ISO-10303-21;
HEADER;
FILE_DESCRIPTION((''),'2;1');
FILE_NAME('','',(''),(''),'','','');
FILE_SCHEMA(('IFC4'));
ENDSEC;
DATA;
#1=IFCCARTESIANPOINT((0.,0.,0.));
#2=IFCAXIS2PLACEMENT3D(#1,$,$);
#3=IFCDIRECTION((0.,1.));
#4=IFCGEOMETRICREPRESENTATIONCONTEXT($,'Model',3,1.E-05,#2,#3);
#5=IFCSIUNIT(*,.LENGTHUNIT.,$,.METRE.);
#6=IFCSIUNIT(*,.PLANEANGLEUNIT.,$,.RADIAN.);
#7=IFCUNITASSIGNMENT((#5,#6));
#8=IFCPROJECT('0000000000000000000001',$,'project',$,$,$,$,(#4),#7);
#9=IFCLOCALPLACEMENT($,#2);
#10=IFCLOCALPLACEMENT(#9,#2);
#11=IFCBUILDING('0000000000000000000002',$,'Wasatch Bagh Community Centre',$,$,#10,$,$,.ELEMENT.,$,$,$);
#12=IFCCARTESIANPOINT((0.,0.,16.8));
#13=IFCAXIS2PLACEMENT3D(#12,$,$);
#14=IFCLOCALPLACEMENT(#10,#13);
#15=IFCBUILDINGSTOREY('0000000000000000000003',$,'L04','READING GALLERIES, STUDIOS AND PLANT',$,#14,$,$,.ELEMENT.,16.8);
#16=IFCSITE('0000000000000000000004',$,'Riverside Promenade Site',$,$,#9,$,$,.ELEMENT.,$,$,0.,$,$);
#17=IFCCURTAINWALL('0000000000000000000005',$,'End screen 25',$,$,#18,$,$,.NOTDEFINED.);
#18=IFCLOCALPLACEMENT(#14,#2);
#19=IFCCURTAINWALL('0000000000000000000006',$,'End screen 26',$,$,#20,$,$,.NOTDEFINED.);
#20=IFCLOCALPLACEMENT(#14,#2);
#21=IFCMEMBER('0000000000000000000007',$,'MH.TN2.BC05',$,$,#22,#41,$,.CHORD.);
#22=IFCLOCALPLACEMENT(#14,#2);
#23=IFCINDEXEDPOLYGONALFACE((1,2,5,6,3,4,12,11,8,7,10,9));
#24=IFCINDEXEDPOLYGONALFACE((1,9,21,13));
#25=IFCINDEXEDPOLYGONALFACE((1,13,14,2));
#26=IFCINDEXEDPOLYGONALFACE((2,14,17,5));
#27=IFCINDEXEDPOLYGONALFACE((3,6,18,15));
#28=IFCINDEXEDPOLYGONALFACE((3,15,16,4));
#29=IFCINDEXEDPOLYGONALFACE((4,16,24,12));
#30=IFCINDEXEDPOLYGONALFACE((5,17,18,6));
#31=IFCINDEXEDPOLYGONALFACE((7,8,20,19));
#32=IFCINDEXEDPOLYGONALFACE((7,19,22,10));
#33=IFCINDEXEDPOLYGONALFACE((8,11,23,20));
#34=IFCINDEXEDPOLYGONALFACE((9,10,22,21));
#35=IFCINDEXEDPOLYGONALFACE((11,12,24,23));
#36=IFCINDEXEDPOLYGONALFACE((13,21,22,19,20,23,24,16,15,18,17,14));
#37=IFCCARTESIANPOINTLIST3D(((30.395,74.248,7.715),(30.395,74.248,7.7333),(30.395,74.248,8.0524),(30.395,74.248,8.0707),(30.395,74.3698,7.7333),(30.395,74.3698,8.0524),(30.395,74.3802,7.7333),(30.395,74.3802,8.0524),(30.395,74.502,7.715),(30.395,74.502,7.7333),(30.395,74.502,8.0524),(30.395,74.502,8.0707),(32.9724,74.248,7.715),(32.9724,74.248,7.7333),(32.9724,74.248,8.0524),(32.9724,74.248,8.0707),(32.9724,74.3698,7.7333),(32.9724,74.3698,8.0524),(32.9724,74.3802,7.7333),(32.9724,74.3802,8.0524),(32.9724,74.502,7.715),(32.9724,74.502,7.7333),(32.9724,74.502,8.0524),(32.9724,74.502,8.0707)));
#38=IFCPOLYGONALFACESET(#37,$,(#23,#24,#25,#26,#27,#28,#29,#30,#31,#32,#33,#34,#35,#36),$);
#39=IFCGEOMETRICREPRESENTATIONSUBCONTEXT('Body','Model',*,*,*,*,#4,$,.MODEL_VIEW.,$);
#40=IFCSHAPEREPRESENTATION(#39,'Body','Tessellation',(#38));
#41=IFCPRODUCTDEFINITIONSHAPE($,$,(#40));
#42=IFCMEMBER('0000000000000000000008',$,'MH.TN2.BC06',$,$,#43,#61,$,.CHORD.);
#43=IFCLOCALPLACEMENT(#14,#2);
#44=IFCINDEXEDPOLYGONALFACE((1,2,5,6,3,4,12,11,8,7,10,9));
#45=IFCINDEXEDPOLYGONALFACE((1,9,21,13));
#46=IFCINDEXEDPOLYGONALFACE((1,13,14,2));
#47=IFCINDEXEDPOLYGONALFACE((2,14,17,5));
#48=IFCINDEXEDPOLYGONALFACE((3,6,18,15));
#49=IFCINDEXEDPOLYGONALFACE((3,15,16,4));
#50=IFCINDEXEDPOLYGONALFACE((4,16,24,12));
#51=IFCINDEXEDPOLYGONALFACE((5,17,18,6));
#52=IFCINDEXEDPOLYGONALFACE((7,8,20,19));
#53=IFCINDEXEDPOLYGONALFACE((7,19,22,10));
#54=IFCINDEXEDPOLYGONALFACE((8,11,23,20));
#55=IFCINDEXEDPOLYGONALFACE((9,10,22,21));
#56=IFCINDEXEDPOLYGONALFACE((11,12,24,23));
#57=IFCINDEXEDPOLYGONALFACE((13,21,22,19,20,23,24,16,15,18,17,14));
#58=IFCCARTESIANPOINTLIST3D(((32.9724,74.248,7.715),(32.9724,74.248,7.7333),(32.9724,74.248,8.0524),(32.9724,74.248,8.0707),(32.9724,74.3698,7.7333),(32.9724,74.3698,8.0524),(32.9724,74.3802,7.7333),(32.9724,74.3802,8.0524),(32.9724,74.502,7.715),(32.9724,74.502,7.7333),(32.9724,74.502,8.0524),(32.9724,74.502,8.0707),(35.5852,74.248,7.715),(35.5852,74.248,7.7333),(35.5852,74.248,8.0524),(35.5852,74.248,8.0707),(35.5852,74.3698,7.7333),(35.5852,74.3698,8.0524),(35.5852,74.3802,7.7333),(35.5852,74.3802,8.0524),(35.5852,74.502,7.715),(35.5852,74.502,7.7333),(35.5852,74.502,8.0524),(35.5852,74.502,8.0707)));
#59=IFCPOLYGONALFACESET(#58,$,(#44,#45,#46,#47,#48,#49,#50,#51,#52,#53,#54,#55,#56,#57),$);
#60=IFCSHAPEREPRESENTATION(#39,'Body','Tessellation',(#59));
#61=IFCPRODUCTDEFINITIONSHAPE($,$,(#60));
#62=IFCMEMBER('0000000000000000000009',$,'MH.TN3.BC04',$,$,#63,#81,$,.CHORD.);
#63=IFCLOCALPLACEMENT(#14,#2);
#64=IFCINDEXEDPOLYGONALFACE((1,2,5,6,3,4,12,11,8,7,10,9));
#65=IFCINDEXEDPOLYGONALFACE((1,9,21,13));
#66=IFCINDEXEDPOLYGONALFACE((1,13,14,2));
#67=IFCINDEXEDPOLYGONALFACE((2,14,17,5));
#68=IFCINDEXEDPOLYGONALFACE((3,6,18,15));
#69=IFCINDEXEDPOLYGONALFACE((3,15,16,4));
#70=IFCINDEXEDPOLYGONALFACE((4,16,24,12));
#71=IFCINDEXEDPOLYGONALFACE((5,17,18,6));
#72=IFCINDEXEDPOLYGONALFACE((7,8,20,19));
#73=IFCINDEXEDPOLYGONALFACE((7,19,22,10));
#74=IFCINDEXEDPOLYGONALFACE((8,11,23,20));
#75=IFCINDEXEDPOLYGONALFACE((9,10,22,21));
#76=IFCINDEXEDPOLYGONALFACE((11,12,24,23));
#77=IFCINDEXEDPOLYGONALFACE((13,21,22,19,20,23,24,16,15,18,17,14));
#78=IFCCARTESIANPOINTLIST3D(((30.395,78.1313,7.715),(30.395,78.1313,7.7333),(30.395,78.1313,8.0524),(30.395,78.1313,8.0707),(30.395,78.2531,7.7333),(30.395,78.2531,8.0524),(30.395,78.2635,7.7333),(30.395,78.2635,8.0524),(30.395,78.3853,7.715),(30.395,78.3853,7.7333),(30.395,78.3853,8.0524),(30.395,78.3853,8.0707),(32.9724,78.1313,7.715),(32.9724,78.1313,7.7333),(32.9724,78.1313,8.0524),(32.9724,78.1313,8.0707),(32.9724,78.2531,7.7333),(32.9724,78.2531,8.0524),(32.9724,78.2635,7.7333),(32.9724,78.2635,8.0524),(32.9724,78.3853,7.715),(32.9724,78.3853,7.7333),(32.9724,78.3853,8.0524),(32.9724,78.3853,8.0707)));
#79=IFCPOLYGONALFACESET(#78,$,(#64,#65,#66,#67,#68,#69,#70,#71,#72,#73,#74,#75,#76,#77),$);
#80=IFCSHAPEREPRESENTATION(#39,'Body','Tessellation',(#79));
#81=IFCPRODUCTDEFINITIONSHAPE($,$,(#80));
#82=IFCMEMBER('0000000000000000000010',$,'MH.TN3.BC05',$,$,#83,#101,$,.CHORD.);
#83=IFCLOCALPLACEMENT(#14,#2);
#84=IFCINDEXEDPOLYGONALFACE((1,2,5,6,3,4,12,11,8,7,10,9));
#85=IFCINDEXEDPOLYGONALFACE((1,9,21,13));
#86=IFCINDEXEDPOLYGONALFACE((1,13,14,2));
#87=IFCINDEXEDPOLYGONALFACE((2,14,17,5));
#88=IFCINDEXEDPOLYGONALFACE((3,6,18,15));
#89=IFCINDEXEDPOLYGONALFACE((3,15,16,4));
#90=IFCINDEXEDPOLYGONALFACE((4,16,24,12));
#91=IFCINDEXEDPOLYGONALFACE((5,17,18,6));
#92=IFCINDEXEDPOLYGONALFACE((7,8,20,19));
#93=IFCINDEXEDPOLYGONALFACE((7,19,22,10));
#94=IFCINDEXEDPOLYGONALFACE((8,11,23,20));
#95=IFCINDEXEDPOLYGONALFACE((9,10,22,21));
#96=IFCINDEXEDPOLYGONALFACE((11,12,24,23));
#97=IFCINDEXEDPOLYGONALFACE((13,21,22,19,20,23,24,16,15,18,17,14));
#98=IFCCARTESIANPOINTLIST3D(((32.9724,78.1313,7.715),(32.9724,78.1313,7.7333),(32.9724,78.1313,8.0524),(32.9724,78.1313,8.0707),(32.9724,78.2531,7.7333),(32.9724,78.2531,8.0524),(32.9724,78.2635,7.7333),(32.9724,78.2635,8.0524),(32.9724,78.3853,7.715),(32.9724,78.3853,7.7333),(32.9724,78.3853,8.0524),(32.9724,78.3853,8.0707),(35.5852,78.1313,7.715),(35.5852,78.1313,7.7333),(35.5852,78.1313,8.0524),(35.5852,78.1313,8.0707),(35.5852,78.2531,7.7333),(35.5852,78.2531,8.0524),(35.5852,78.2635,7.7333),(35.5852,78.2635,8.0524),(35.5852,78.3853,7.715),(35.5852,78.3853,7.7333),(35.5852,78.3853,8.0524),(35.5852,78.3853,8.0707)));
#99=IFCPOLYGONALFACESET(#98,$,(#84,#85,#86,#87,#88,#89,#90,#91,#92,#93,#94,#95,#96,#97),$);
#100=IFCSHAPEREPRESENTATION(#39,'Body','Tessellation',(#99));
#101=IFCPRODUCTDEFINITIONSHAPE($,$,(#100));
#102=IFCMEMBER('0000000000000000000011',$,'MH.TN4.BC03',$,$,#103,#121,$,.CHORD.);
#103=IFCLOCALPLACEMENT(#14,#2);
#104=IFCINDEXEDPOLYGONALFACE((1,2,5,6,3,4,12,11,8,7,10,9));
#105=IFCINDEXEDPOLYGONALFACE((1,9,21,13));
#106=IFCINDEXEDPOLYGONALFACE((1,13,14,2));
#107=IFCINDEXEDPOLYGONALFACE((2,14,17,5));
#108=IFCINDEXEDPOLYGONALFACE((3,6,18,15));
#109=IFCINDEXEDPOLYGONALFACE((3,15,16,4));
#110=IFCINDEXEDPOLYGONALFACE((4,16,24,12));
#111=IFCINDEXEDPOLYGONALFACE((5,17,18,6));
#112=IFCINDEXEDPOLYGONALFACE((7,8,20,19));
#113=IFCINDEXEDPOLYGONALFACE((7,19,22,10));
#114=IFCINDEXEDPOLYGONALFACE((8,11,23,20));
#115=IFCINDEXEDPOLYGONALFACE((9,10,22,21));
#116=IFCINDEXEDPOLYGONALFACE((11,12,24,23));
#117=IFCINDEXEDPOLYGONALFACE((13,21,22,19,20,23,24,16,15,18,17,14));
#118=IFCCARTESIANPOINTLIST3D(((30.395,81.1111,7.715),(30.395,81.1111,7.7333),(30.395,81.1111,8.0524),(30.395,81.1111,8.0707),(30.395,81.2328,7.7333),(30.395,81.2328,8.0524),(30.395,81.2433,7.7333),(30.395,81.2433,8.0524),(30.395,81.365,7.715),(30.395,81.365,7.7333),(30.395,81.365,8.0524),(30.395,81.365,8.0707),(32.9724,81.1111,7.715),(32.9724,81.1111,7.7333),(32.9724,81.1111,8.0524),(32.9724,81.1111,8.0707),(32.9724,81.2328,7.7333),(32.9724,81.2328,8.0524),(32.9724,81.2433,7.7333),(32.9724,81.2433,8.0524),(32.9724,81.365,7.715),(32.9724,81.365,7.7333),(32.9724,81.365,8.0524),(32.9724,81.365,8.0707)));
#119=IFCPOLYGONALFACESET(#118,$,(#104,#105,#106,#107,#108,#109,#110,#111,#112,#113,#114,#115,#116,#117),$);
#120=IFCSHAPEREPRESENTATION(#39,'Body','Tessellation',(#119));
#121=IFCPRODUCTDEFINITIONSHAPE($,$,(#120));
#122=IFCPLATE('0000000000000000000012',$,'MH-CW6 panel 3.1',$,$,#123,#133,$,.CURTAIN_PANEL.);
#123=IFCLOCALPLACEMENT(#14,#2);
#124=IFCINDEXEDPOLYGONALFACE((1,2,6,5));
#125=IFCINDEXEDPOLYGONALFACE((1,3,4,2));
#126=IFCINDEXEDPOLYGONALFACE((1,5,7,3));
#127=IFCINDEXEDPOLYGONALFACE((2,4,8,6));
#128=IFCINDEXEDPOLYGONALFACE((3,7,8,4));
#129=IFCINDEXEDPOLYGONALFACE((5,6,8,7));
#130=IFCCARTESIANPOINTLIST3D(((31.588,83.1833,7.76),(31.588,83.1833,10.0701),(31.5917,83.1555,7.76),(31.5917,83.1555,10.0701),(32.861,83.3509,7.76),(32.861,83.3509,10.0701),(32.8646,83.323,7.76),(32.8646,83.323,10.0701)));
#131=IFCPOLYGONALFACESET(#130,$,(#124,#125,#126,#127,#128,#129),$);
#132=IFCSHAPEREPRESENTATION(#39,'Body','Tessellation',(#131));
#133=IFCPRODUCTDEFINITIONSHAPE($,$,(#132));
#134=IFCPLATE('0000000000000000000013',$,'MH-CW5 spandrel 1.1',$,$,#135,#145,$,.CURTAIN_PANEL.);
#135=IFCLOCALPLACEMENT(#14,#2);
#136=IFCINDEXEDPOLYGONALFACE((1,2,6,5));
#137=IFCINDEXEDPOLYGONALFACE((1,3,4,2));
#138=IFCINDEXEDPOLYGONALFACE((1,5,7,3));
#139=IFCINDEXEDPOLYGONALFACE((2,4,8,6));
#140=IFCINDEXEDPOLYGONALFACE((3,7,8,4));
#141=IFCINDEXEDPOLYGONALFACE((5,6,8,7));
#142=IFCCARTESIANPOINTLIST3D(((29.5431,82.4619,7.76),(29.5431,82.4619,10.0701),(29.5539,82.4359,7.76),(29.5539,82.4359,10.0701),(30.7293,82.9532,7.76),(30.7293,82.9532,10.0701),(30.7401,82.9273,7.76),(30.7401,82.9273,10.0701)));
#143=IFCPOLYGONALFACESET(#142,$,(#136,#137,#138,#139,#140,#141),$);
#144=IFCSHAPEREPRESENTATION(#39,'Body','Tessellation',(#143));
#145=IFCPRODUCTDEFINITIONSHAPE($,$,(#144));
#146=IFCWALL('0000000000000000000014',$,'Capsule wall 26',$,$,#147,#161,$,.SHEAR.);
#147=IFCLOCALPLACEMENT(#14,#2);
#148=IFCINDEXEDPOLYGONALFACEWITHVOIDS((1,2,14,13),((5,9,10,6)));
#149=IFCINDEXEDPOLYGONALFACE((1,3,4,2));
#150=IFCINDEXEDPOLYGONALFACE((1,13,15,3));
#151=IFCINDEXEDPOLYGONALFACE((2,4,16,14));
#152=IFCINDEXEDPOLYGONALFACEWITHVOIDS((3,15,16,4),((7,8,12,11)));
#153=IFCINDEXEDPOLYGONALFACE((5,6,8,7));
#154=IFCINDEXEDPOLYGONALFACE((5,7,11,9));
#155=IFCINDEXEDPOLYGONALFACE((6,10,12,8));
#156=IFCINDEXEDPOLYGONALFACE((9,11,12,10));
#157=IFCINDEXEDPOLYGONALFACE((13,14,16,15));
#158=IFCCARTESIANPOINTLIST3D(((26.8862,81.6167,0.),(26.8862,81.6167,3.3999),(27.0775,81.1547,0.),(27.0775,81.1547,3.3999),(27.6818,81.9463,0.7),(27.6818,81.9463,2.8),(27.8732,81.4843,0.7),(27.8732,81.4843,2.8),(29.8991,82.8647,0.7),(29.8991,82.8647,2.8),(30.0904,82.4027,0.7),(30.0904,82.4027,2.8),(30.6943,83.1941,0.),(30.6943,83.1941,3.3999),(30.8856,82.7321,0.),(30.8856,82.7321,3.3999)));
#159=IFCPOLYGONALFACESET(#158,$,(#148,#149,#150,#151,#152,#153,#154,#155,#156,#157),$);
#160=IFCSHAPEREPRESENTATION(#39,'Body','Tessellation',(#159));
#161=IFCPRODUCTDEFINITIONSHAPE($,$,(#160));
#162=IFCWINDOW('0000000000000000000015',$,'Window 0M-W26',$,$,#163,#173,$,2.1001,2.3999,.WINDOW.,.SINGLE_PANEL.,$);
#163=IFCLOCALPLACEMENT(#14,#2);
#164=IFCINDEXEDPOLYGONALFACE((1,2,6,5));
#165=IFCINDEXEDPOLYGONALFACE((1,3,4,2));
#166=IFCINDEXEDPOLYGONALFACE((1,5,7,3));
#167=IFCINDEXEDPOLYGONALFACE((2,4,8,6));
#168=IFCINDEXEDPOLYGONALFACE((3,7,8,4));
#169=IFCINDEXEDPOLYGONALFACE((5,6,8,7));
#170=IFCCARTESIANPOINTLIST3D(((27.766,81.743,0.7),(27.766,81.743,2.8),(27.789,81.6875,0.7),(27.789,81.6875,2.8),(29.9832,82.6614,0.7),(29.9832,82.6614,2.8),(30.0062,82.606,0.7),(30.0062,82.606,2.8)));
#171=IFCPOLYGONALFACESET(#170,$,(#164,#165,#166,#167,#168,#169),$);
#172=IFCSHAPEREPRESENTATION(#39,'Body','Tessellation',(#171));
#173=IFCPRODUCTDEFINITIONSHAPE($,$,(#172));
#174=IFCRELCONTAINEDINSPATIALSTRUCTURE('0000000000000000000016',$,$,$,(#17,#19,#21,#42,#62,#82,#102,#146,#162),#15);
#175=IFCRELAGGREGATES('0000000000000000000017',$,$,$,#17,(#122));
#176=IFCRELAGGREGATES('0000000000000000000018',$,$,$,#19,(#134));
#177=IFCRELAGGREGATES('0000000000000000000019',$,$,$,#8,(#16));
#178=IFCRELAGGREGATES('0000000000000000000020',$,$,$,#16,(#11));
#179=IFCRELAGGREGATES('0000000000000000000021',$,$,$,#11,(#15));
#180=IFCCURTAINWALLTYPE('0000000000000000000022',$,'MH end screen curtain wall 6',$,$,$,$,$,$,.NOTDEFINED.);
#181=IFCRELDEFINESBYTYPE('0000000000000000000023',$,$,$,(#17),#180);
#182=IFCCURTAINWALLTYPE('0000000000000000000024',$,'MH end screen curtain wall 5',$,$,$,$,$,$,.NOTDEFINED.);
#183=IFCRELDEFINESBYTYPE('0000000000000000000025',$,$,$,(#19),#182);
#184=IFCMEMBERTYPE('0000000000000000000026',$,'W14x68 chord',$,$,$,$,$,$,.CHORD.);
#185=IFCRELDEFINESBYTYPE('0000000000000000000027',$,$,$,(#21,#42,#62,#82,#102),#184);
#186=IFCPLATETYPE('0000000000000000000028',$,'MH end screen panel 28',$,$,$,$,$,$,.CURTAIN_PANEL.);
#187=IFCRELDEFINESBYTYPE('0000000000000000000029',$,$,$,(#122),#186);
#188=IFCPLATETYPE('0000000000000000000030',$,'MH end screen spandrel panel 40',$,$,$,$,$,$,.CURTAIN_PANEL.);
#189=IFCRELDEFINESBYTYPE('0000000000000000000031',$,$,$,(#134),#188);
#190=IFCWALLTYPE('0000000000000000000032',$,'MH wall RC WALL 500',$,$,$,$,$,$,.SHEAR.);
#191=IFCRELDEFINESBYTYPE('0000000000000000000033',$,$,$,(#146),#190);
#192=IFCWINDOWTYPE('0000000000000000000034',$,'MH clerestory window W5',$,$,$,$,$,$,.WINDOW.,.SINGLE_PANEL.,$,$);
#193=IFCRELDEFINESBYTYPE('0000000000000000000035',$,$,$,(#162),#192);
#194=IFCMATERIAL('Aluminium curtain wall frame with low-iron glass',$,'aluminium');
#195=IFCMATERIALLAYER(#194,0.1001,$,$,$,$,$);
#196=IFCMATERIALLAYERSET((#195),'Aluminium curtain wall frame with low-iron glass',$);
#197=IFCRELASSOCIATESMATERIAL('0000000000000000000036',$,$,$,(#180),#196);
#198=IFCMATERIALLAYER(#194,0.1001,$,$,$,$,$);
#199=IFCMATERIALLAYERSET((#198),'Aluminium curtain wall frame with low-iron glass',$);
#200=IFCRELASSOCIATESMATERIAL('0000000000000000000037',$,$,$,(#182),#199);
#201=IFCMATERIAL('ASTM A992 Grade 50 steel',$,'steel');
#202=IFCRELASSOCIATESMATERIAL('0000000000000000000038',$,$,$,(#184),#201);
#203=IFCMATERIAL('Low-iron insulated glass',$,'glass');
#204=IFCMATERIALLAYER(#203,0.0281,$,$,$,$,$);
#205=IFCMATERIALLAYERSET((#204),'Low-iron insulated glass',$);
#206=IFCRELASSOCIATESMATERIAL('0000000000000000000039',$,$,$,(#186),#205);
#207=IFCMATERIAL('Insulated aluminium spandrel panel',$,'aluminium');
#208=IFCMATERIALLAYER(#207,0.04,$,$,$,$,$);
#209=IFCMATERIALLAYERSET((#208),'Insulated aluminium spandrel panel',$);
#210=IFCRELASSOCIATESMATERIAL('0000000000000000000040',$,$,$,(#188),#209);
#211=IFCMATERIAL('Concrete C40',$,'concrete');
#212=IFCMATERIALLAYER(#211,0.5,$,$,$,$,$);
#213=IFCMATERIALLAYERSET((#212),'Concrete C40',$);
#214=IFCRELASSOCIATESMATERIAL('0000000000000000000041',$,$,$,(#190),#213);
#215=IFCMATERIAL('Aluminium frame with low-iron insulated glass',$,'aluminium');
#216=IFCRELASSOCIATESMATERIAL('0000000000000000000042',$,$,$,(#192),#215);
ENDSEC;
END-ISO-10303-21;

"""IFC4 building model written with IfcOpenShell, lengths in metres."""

from ifc_helpers import new_model, si_unit, direction, frame, frame_2d, origin, origin_2d, place, context, subcontext, project, spatial, rectangle, i_section, extrude, material, layer, layer_set, material_profile, profile_set, type_object, element, fill, aggregate, save


model = new_model("IFC4")

# Units and contexts
model_context = context("Model", 3, precision=1e-05, world=origin(), true_north=direction((0.0, 1.0)))
body_context = subcontext(model_context, "Body", "Model", "MODEL_VIEW")
ifc_project = project(units=[si_unit("LENGTHUNIT", "METRE"), si_unit("PLANEANGLEUNIT", "RADIAN")], contexts=[model_context])

# Site, building, storey
site_placement = place(None, origin())
site = spatial("IfcSite", under=ifc_project, at=site_placement, Name="Riverside Promenade Site", CompositionType="ELEMENT", RefElevation=0.0)
building_placement = place(site_placement, origin())
building = spatial("IfcBuilding", under=site, at=building_placement, Name="Wasatch Bagh Community Centre", CompositionType="ELEMENT")
storey_placement = place(building_placement, frame((0.0, 0.0, 16.8)))
storey = spatial("IfcBuildingStorey", under=building, at=storey_placement, Name="L04", Description="READING GALLERIES, STUDIOS AND PLANT", CompositionType="ELEMENT", Elevation=16.8)

# Shared definitions
ifc_material_1 = material(Name="Concrete C40", Category="concrete")

# Curtain wall
ifc_material_2 = material(Name="Aluminium curtain wall frame with low-iron glass", Category="aluminium")
ifc_layer_1 = layer(ifc_material_2, 0.1001)
ifc_layer_set_1 = layer_set([ifc_layer_1], Name="Aluminium curtain wall frame with low-iron glass")
curtain_wall_type_1 = type_object("IfcCurtainWallType", Name="MH end screen curtain wall 6", PredefinedType="NOTDEFINED", material=ifc_layer_set_1)
curtain_wall_1_placement = place(storey_placement, origin())
curtain_wall_1 = element("IfcCurtainWall", 1, at=curtain_wall_1_placement, inside=storey, type_object=curtain_wall_type_1, Name="End screen 25", PredefinedType="NOTDEFINED")

# Curtain wall
ifc_layer_2 = layer(ifc_material_2, 0.1001)
ifc_layer_set_2 = layer_set([ifc_layer_2], Name="Aluminium curtain wall frame with low-iron glass")
curtain_wall_type_2 = type_object("IfcCurtainWallType", Name="MH end screen curtain wall 5", PredefinedType="NOTDEFINED", material=ifc_layer_set_2)
curtain_wall_2_placement = place(storey_placement, origin())
curtain_wall_2 = element("IfcCurtainWall", 2, at=curtain_wall_2_placement, inside=storey, type_object=curtain_wall_type_2, Name="End screen 26", PredefinedType="NOTDEFINED")

# Members
ifc_material_3 = material(Name="ASTM A992 Grade 50 steel", Category="steel")
ifc_material_profile_1 = material_profile(ifc_material_3, i_section(OverallWidth=0.2539, OverallDepth=0.3557, WebThickness=0.0105, FlangeThickness=0.0183, at=origin_2d()), Name="W14x68")
ifc_profile_set_1 = profile_set([ifc_material_profile_1], Name="ASTM A992 Grade 50 steel")
member_type_1 = type_object("IfcMemberType", Name="W14x68 chord", PredefinedType="CHORD", material=ifc_profile_set_1)
member_1_placement = place(storey_placement, frame((30.395, 74.375, 7.8928), z_axis=(1.0, 0.0, 0.0), x_axis=(0.0, 1.0, 0.0)))
element("IfcMember", 3, at=member_1_placement, inside=storey, type_object=member_type_1, Name="MH.TN2.BC05", PredefinedType="CHORD", context=body_context, shape_type="SweptSolid", body=[
    extrude(i_section(OverallWidth=0.2539, OverallDepth=0.3557, WebThickness=0.0105, FlangeThickness=0.0183, at=origin_2d()), origin(), (0.0, 0.0, 1.0), 2.5774),
])
member_2_placement = place(storey_placement, frame((32.9724, 74.375, 7.8928), z_axis=(1.0, 0.0, 0.0), x_axis=(0.0, 1.0, 0.0)))
element("IfcMember", 4, at=member_2_placement, inside=storey, type_object=member_type_1, Name="MH.TN2.BC06", PredefinedType="CHORD", context=body_context, shape_type="SweptSolid", body=[
    extrude(i_section(OverallWidth=0.2539, OverallDepth=0.3557, WebThickness=0.0105, FlangeThickness=0.0183, at=origin_2d()), origin(), (0.0, 0.0, 1.0), 2.6128),
])
member_3_placement = place(storey_placement, frame((30.395, 78.2583, 7.8928), z_axis=(1.0, 0.0, 0.0), x_axis=(0.0, 1.0, 0.0)))
element("IfcMember", 5, at=member_3_placement, inside=storey, type_object=member_type_1, Name="MH.TN3.BC04", PredefinedType="CHORD", context=body_context, shape_type="SweptSolid", body=[
    extrude(i_section(OverallWidth=0.2539, OverallDepth=0.3557, WebThickness=0.0105, FlangeThickness=0.0183, at=origin_2d()), origin(), (0.0, 0.0, 1.0), 2.5774),
])
member_4_placement = place(storey_placement, frame((32.9724, 78.2583, 7.8928), z_axis=(1.0, 0.0, 0.0), x_axis=(0.0, 1.0, 0.0)))
element("IfcMember", 6, at=member_4_placement, inside=storey, type_object=member_type_1, Name="MH.TN3.BC05", PredefinedType="CHORD", context=body_context, shape_type="SweptSolid", body=[
    extrude(i_section(OverallWidth=0.2539, OverallDepth=0.3557, WebThickness=0.0105, FlangeThickness=0.0183, at=origin_2d()), origin(), (0.0, 0.0, 1.0), 2.6128),
])
member_5_placement = place(storey_placement, frame((30.395, 81.238, 7.8928), z_axis=(1.0, 0.0, 0.0), x_axis=(0.0, 1.0, 0.0)))
element("IfcMember", 7, at=member_5_placement, inside=storey, type_object=member_type_1, Name="MH.TN4.BC03", PredefinedType="CHORD", context=body_context, shape_type="SweptSolid", body=[
    extrude(i_section(OverallWidth=0.2539, OverallDepth=0.3557, WebThickness=0.0105, FlangeThickness=0.0183, at=origin_2d()), origin(), (0.0, 0.0, 1.0), 2.5774),
])

# Plates
ifc_material_4 = material(Name="Low-iron insulated glass", Category="glass")
ifc_layer_3 = layer(ifc_material_4, 0.0281)
ifc_layer_set_3 = layer_set([ifc_layer_3], Name="Low-iron insulated glass")
plate_type_1 = type_object("IfcPlateType", Name="MH end screen panel 28", PredefinedType="CURTAIN_PANEL", material=ifc_layer_set_3)
plate_1_placement = place(storey_placement, frame((32.2263, 83.2532, 7.76), z_axis=(0.0, 0.0, 1.0), x_axis=(-0.991445, -0.130526, 0.0)))
plate_1 = element("IfcPlate", 8, at=plate_1_placement, type_object=plate_type_1, Name="MH-CW6 panel 3.1", PredefinedType="CURTAIN_PANEL", context=body_context, shape_type="SweptSolid", body=[
    extrude(rectangle(XDim=1.2839, YDim=0.0281, at=origin_2d()), origin(), (0.0, 0.0, 1.0), 2.3101),
])
aggregate(curtain_wall_1, [plate_1])
ifc_material_5 = material(Name="Insulated aluminium spandrel panel", Category="aluminium")
ifc_layer_4 = layer(ifc_material_5, 0.04)
ifc_layer_set_4 = layer_set([ifc_layer_4], Name="Insulated aluminium spandrel panel")
plate_type_2 = type_object("IfcPlateType", Name="MH end screen spandrel panel 40", PredefinedType="CURTAIN_PANEL", material=ifc_layer_set_4)
plate_2_placement = place(storey_placement, frame((30.1416, 82.6946, 7.76), z_axis=(0.0, 0.0, 1.0), x_axis=(-0.92388, -0.382683, 0.0)))
plate_2 = element("IfcPlate", 9, at=plate_2_placement, type_object=plate_type_2, Name="MH-CW5 spandrel 1.1", PredefinedType="CURTAIN_PANEL", context=body_context, shape_type="SweptSolid", body=[
    extrude(rectangle(XDim=1.2839, YDim=0.0281, at=origin_2d()), origin(), (0.0, 0.0, 1.0), 2.3101),
])
aggregate(curtain_wall_2, [plate_2])

# Wall, opening, window
ifc_layer_5 = layer(ifc_material_1, 0.5)
ifc_layer_set_5 = layer_set([ifc_layer_5], Name="Concrete C40")
wall_type = type_object("IfcWallType", Name="MH wall RC WALL 500", PredefinedType="SHEAR", material=ifc_layer_set_5)
wall_1_placement = place(storey_placement, frame((30.79, 82.9631, 0.0), z_axis=(0.0, 0.0, 1.0), x_axis=(-0.923878, -0.382688, 0.0)))
wall_1 = element("IfcWall", 10, at=wall_1_placement, inside=storey, type_object=wall_type, Name="Capsule wall 26", PredefinedType="SHEAR", context=body_context, shape_type="SweptSolid", body=[
    extrude(rectangle(XDim=4.1218, YDim=0.5, at=frame_2d((2.061, 0.0))), origin(), (0.0, 0.0, 1.0), 3.3999),
])
opening_1_placement = place(wall_1_placement, frame((0.8608, 0.0, 0.7)))
opening_1 = element("IfcOpeningElement", 11, at=opening_1_placement, cuts=wall_1, PredefinedType="OPENING", context=body_context, shape_type="SweptSolid", body=[
    extrude(rectangle(XDim=2.3999, YDim=2.1001, at=frame_2d((1.2, 1.05))), frame((0.0, 0.26, 0.0), z_axis=(0.0, -1.0, 0.0), x_axis=(1.0, 0.0, 0.0)), (0.0, 0.0, 1.0), 0.52),
])
ifc_material_6 = material(Name="Aluminium frame with low-iron insulated glass", Category="aluminium")
window_type_1 = type_object("IfcWindowType", Name="MH clerestory window W5", PartitioningType="SINGLE_PANEL", PredefinedType="WINDOW", material=ifc_material_6)
window_1_placement = place(opening_1_placement, origin())
window_1 = element("IfcWindow", 12, at=window_1_placement, inside=storey, type_object=window_type_1, Name="Window 0M-W26", OverallHeight=2.1001, OverallWidth=2.3999, PartitioningType="SINGLE_PANEL", PredefinedType="WINDOW", context=body_context, shape_type="SweptSolid", body=[
    extrude(rectangle(XDim=2.3999, YDim=2.1001, at=frame_2d((1.2, 1.05))), frame((0.0, 0.03, 0.0), z_axis=(0.0, -1.0, 0.0), x_axis=(1.0, 0.0, 0.0)), (0.0, 0.0, 1.0), 0.0601),
])
fill(opening_1, window_1)

save(model, "model.ifc")
